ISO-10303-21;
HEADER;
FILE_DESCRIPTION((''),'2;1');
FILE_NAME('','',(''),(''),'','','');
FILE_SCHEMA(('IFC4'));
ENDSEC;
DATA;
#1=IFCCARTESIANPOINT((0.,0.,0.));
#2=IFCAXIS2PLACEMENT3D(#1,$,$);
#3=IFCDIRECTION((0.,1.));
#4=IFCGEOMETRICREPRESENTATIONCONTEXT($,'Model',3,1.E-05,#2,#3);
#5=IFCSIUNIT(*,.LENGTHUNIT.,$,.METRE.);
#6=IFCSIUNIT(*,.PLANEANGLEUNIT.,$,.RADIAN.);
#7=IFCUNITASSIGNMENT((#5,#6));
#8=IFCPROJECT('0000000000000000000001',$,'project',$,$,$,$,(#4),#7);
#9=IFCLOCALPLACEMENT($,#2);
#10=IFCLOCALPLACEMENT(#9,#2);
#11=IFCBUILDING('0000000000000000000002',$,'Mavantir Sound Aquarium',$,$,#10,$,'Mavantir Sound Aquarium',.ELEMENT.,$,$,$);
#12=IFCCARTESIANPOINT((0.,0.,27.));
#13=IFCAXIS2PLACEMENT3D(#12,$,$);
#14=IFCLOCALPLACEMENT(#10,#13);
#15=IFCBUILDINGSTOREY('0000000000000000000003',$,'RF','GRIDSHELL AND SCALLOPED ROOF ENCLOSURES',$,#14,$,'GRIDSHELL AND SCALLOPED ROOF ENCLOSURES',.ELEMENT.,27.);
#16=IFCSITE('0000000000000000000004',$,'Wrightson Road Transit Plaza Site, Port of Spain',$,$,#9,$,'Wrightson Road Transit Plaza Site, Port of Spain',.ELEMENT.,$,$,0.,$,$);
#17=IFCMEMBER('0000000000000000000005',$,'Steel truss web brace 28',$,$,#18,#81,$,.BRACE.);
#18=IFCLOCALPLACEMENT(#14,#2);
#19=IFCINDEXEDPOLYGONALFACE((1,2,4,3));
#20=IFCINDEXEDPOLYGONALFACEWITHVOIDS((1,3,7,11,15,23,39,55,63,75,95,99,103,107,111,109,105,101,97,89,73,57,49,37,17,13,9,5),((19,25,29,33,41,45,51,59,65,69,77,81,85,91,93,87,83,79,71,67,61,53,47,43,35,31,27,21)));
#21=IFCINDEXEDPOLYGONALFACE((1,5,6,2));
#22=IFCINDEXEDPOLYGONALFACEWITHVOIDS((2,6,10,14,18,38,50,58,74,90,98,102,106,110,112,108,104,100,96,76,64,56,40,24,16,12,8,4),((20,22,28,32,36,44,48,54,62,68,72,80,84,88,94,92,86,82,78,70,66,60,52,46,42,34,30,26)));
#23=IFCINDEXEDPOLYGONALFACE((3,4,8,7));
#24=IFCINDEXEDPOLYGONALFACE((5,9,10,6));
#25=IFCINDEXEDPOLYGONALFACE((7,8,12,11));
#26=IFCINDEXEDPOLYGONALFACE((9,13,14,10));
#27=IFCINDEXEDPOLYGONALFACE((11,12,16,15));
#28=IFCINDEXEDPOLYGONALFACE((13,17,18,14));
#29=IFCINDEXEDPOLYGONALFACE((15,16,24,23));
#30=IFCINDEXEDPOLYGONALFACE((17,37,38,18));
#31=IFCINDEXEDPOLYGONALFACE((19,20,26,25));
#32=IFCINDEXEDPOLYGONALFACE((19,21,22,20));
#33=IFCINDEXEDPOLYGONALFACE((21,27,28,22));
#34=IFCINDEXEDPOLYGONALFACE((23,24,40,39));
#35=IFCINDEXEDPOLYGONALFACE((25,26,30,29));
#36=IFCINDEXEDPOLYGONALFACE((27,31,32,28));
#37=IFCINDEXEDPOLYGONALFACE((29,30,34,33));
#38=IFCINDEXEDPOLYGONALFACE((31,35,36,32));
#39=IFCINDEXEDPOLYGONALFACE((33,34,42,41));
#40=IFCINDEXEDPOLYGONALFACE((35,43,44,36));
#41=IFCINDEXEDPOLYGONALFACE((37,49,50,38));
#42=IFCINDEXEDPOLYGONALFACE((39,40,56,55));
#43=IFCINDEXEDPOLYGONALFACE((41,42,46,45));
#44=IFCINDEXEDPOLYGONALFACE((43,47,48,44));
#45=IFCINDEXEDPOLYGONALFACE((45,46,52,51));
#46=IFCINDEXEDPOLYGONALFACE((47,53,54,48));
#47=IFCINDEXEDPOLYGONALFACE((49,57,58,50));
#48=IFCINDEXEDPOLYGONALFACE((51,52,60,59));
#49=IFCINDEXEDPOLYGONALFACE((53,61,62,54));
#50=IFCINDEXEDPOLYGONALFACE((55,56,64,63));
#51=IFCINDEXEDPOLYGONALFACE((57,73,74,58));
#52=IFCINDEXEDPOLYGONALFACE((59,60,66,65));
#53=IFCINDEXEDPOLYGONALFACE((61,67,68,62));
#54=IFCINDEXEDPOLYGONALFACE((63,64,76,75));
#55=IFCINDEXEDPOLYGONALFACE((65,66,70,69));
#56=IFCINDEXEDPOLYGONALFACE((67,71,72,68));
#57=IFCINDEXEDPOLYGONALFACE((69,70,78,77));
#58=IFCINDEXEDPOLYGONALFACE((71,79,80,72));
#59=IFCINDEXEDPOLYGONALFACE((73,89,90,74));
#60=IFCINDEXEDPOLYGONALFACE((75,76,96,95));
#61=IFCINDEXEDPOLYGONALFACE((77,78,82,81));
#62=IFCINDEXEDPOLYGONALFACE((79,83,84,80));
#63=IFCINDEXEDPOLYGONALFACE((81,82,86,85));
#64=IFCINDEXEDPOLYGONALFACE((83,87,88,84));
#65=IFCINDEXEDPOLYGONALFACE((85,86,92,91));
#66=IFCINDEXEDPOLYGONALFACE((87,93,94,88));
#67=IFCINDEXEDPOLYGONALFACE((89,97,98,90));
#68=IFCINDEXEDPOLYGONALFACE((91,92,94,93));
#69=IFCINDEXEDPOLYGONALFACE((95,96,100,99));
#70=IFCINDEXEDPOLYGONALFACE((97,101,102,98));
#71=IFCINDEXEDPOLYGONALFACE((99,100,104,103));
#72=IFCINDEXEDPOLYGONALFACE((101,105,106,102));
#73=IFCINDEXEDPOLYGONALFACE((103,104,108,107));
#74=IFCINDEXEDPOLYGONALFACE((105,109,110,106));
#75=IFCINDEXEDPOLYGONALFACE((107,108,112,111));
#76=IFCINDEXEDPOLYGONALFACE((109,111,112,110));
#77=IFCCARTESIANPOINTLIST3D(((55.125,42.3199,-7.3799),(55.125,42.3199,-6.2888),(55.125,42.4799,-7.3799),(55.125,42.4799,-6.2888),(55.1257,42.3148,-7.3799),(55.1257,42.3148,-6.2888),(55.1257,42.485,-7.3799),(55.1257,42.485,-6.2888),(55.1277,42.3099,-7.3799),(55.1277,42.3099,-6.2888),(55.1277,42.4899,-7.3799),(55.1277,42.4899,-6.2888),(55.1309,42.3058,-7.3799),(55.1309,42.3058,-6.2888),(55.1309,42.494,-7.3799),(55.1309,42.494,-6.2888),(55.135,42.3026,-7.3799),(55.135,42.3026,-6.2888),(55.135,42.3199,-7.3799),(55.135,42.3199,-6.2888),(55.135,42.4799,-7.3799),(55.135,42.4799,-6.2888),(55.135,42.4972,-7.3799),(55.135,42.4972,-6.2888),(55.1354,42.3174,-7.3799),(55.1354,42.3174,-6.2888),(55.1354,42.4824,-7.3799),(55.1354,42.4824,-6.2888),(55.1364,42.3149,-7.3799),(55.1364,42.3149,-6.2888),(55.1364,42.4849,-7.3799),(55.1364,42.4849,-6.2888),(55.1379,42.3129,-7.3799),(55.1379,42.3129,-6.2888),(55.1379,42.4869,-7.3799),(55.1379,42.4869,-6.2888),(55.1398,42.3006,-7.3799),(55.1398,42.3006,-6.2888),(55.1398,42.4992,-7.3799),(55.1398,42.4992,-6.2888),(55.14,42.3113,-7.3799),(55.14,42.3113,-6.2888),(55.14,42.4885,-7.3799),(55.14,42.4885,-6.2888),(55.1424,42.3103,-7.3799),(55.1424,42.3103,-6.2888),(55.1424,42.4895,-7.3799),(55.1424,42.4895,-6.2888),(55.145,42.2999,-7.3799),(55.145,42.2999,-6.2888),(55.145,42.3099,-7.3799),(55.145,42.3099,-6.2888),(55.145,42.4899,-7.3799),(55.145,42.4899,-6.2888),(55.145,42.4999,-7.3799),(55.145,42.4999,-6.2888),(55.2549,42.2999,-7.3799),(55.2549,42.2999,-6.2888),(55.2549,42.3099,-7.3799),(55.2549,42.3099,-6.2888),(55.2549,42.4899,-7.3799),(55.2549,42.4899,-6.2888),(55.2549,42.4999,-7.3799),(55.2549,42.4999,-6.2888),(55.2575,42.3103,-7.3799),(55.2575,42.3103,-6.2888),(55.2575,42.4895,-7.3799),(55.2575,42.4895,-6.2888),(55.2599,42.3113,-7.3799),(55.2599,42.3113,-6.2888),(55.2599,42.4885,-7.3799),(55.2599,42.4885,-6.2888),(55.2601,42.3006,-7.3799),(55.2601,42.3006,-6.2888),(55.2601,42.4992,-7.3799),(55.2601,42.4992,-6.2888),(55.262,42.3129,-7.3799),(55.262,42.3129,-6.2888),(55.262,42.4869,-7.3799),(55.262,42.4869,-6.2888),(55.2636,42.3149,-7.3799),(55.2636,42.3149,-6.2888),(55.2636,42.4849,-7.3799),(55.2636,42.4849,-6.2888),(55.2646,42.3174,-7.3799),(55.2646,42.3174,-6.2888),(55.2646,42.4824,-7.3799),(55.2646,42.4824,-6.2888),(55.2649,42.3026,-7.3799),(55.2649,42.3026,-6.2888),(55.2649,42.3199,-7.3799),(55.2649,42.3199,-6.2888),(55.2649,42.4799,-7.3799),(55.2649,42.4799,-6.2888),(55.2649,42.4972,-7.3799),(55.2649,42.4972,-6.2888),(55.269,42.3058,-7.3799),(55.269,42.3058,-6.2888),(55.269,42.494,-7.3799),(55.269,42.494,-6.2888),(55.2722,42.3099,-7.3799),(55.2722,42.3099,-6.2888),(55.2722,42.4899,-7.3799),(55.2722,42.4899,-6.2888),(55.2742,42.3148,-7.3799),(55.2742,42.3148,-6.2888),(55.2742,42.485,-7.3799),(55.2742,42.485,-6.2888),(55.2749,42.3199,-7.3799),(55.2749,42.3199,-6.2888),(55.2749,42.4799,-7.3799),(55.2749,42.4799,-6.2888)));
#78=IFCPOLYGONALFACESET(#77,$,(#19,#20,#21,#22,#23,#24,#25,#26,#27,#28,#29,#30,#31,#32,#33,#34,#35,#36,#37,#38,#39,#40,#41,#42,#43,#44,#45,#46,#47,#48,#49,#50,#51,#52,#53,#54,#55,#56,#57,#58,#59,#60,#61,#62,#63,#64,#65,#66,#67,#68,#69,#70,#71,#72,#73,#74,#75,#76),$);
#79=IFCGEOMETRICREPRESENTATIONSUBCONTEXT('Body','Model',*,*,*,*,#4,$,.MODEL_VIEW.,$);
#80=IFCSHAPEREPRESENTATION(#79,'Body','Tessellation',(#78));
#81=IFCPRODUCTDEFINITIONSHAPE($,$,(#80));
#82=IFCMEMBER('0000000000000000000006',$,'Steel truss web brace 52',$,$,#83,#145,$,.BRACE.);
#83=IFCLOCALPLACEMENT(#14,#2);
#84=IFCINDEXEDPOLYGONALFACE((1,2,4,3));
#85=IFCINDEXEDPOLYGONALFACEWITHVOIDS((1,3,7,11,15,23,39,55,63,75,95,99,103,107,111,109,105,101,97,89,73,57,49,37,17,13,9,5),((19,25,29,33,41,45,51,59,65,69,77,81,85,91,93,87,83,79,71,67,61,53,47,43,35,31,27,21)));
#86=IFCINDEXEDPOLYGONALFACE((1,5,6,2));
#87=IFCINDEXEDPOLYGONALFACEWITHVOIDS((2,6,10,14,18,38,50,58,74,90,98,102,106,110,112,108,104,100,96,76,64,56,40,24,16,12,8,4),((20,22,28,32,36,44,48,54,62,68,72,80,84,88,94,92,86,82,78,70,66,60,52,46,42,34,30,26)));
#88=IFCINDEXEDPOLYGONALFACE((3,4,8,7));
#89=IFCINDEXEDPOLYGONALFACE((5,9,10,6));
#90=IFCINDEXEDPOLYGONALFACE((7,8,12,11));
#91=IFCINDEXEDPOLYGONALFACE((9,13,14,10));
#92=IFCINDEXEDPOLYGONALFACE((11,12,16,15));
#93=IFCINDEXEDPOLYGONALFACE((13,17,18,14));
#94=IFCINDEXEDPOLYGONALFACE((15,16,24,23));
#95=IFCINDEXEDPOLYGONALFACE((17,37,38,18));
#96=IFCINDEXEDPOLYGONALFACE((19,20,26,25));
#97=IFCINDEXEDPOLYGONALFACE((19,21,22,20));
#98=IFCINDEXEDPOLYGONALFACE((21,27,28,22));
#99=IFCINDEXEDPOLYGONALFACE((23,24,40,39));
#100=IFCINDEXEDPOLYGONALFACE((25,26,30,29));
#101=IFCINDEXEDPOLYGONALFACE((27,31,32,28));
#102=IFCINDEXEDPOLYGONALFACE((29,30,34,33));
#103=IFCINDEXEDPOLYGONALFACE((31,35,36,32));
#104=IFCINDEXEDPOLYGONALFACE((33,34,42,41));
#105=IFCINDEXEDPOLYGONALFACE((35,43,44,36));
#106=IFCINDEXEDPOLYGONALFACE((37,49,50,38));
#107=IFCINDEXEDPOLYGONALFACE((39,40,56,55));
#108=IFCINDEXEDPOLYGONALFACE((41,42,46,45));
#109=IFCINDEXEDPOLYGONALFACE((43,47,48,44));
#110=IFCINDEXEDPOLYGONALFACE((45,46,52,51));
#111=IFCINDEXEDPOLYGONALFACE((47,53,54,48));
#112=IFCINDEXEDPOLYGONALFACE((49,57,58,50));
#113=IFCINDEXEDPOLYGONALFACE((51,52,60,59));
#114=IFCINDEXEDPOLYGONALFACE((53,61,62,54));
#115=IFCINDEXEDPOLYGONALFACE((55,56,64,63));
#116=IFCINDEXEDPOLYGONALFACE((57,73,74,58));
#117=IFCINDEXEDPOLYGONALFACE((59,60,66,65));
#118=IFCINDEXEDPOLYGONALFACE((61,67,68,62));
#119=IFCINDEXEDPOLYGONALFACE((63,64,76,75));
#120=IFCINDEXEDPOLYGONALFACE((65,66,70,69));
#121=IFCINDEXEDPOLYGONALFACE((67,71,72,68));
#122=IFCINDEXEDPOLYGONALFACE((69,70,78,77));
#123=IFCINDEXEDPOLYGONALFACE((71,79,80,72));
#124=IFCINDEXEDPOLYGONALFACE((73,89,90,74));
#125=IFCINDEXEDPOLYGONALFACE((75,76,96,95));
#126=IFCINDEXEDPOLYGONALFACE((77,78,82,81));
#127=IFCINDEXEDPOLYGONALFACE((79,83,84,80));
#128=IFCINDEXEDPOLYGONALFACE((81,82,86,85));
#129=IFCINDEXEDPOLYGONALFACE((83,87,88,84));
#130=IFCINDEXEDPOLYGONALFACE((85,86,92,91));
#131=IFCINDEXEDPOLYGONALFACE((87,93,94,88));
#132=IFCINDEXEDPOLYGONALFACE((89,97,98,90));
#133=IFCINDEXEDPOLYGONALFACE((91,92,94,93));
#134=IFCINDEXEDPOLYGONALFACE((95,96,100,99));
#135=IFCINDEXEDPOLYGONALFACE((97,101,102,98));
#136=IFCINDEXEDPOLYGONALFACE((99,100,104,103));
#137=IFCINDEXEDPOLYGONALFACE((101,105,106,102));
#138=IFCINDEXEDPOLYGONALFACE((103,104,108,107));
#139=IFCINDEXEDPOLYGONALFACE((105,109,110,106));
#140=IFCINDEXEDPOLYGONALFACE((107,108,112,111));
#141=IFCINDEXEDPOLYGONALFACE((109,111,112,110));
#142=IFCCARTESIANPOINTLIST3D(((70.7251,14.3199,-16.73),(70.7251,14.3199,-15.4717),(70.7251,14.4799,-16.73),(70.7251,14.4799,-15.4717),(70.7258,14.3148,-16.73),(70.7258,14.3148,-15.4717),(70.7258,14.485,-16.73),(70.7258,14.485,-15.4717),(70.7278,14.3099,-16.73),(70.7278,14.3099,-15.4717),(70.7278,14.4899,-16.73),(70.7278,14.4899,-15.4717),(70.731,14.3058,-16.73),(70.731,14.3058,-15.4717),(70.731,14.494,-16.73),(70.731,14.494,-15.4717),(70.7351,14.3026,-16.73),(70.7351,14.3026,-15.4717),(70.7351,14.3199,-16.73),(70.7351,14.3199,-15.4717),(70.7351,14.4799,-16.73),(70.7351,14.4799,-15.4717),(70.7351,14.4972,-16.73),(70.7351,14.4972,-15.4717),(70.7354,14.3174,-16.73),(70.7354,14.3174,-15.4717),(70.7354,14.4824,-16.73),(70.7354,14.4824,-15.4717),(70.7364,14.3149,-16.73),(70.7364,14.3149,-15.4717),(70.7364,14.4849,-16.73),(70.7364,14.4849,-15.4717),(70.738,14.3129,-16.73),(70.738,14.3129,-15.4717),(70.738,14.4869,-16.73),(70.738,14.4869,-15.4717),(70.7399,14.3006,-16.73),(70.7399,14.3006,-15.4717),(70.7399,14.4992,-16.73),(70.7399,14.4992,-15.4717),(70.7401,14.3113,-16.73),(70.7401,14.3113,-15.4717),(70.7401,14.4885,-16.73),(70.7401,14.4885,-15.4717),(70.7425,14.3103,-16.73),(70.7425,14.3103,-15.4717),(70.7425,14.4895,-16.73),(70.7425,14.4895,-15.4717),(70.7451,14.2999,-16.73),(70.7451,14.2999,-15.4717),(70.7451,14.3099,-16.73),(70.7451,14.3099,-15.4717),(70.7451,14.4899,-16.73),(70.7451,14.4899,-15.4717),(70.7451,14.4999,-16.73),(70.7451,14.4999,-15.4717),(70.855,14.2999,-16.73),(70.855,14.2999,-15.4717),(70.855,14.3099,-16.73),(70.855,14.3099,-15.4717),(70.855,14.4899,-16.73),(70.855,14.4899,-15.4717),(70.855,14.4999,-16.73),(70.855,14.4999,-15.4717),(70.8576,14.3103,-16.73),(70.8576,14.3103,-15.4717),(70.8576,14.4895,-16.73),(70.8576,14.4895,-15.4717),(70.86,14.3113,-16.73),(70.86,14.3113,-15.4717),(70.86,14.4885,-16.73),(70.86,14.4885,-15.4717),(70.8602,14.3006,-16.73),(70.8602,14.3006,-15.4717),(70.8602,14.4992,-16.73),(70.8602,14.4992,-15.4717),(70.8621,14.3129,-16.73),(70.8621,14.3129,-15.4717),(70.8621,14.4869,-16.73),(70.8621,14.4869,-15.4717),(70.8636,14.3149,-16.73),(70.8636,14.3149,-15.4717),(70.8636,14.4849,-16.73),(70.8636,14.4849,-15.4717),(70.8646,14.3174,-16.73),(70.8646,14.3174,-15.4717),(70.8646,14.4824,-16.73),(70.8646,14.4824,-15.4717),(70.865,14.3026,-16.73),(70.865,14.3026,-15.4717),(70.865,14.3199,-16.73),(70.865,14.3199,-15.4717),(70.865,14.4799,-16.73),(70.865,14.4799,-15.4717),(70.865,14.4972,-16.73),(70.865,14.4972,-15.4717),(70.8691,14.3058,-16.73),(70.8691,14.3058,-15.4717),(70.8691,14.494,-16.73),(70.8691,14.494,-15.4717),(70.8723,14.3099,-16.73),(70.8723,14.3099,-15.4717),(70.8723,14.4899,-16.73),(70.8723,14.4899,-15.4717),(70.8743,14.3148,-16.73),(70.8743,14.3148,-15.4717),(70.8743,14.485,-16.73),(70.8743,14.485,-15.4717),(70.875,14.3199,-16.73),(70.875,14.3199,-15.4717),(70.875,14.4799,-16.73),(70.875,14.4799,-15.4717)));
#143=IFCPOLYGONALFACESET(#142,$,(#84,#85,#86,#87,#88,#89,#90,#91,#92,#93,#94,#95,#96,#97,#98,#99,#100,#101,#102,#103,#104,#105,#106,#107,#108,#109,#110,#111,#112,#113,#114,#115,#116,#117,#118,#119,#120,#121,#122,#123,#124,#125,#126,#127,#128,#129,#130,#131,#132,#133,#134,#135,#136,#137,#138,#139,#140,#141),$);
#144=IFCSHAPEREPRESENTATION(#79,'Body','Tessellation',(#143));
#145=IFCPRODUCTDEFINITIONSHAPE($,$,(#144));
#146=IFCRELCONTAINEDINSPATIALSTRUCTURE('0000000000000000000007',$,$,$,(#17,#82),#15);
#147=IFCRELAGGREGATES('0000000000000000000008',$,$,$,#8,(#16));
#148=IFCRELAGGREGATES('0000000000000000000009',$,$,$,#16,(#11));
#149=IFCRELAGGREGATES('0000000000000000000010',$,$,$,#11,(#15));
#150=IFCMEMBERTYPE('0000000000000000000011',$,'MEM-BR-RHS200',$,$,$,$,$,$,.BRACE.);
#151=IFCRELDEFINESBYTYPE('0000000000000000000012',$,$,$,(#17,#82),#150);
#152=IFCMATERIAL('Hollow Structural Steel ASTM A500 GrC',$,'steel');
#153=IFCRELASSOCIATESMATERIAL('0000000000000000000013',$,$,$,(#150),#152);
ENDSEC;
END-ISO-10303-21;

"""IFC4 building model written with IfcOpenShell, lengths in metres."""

from ifc_helpers import new_model, si_unit, direction, frame, origin, origin_2d, place, context, subcontext, project, spatial, hollow_rectangle, extrude, material, material_profile, profile_set, type_object, element, save


model = new_model("IFC4")

# Units and contexts
model_context = context("Model", 3, precision=1e-05, world=origin(), true_north=direction((0.0, 1.0)))
body_context = subcontext(model_context, "Body", "Model", "MODEL_VIEW")
ifc_project = project(units=[si_unit("LENGTHUNIT", "METRE"), si_unit("PLANEANGLEUNIT", "RADIAN")], contexts=[model_context])

# Site, building, storey
site_placement = place(None, origin())
site = spatial("IfcSite", under=ifc_project, at=site_placement, Name="Wrightson Road Transit Plaza Site, Port of Spain", LongName="Wrightson Road Transit Plaza Site, Port of Spain", CompositionType="ELEMENT", RefElevation=0.0)
building_placement = place(site_placement, origin())
building = spatial("IfcBuilding", under=site, at=building_placement, Name="Mavantir Sound Aquarium", LongName="Mavantir Sound Aquarium", CompositionType="ELEMENT")
storey_placement = place(building_placement, frame((0.0, 0.0, 27.0)))
storey = spatial("IfcBuildingStorey", under=building, at=storey_placement, Name="RF", Description="GRIDSHELL AND SCALLOPED ROOF ENCLOSURES", LongName="GRIDSHELL AND SCALLOPED ROOF ENCLOSURES", CompositionType="ELEMENT", Elevation=27.0)

# Shared definitions
ifc_material_1 = material(Name="Hollow Structural Steel ASTM A500 GrC", Category="steel")

# Members
ifc_material_profile_1 = material_profile(ifc_material_1, hollow_rectangle(XDim=0.1499, YDim=0.2, WallThickness=0.01, InnerFilletRadius=0.01, OuterFilletRadius=0.02, at=origin_2d()), Name="RHS 200X150X10")
ifc_profile_set_1 = profile_set([ifc_material_profile_1], Name="Hollow Structural Steel ASTM A500 GrC")
member_type_1 = type_object("IfcMemberType", Name="MEM-BR-RHS200", PredefinedType="BRACE", material=ifc_profile_set_1)
for number, where, z_axis, x_axis, name in (
    (1, (55.2, 42.3999, -7.3799), (0.0, 0.0, 1.0), (1.0, 0.0, 0.0), "Steel truss web brace 28"),
):
    element("IfcMember", number, at=place(storey_placement, frame(where, z_axis=z_axis, x_axis=x_axis)), inside=storey, type_object=member_type_1, Name=name, PredefinedType="BRACE", context=body_context, shape_type="SweptSolid", body=[
        extrude(hollow_rectangle(XDim=0.1499, YDim=0.2, WallThickness=0.01, InnerFilletRadius=0.01, OuterFilletRadius=0.02, at=origin_2d()), origin(), (0.0, 0.0, 1.0), 1.0911),
    ])
for number, where, z_axis, x_axis, name in (
    (2, (70.8, 14.3999, -16.73), (0.0, 0.0, 1.0), (1.0, 0.0, 0.0), "Steel truss web brace 52"),
):
    element("IfcMember", number, at=place(storey_placement, frame(where, z_axis=z_axis, x_axis=x_axis)), inside=storey, type_object=member_type_1, Name=name, PredefinedType="BRACE", context=body_context, shape_type="SweptSolid", body=[
        extrude(hollow_rectangle(XDim=0.1499, YDim=0.2, WallThickness=0.01, InnerFilletRadius=0.01, OuterFilletRadius=0.02, at=origin_2d()), origin(), (0.0, 0.0, 1.0), 1.2583),
    ])

save(model, "model.ifc")
